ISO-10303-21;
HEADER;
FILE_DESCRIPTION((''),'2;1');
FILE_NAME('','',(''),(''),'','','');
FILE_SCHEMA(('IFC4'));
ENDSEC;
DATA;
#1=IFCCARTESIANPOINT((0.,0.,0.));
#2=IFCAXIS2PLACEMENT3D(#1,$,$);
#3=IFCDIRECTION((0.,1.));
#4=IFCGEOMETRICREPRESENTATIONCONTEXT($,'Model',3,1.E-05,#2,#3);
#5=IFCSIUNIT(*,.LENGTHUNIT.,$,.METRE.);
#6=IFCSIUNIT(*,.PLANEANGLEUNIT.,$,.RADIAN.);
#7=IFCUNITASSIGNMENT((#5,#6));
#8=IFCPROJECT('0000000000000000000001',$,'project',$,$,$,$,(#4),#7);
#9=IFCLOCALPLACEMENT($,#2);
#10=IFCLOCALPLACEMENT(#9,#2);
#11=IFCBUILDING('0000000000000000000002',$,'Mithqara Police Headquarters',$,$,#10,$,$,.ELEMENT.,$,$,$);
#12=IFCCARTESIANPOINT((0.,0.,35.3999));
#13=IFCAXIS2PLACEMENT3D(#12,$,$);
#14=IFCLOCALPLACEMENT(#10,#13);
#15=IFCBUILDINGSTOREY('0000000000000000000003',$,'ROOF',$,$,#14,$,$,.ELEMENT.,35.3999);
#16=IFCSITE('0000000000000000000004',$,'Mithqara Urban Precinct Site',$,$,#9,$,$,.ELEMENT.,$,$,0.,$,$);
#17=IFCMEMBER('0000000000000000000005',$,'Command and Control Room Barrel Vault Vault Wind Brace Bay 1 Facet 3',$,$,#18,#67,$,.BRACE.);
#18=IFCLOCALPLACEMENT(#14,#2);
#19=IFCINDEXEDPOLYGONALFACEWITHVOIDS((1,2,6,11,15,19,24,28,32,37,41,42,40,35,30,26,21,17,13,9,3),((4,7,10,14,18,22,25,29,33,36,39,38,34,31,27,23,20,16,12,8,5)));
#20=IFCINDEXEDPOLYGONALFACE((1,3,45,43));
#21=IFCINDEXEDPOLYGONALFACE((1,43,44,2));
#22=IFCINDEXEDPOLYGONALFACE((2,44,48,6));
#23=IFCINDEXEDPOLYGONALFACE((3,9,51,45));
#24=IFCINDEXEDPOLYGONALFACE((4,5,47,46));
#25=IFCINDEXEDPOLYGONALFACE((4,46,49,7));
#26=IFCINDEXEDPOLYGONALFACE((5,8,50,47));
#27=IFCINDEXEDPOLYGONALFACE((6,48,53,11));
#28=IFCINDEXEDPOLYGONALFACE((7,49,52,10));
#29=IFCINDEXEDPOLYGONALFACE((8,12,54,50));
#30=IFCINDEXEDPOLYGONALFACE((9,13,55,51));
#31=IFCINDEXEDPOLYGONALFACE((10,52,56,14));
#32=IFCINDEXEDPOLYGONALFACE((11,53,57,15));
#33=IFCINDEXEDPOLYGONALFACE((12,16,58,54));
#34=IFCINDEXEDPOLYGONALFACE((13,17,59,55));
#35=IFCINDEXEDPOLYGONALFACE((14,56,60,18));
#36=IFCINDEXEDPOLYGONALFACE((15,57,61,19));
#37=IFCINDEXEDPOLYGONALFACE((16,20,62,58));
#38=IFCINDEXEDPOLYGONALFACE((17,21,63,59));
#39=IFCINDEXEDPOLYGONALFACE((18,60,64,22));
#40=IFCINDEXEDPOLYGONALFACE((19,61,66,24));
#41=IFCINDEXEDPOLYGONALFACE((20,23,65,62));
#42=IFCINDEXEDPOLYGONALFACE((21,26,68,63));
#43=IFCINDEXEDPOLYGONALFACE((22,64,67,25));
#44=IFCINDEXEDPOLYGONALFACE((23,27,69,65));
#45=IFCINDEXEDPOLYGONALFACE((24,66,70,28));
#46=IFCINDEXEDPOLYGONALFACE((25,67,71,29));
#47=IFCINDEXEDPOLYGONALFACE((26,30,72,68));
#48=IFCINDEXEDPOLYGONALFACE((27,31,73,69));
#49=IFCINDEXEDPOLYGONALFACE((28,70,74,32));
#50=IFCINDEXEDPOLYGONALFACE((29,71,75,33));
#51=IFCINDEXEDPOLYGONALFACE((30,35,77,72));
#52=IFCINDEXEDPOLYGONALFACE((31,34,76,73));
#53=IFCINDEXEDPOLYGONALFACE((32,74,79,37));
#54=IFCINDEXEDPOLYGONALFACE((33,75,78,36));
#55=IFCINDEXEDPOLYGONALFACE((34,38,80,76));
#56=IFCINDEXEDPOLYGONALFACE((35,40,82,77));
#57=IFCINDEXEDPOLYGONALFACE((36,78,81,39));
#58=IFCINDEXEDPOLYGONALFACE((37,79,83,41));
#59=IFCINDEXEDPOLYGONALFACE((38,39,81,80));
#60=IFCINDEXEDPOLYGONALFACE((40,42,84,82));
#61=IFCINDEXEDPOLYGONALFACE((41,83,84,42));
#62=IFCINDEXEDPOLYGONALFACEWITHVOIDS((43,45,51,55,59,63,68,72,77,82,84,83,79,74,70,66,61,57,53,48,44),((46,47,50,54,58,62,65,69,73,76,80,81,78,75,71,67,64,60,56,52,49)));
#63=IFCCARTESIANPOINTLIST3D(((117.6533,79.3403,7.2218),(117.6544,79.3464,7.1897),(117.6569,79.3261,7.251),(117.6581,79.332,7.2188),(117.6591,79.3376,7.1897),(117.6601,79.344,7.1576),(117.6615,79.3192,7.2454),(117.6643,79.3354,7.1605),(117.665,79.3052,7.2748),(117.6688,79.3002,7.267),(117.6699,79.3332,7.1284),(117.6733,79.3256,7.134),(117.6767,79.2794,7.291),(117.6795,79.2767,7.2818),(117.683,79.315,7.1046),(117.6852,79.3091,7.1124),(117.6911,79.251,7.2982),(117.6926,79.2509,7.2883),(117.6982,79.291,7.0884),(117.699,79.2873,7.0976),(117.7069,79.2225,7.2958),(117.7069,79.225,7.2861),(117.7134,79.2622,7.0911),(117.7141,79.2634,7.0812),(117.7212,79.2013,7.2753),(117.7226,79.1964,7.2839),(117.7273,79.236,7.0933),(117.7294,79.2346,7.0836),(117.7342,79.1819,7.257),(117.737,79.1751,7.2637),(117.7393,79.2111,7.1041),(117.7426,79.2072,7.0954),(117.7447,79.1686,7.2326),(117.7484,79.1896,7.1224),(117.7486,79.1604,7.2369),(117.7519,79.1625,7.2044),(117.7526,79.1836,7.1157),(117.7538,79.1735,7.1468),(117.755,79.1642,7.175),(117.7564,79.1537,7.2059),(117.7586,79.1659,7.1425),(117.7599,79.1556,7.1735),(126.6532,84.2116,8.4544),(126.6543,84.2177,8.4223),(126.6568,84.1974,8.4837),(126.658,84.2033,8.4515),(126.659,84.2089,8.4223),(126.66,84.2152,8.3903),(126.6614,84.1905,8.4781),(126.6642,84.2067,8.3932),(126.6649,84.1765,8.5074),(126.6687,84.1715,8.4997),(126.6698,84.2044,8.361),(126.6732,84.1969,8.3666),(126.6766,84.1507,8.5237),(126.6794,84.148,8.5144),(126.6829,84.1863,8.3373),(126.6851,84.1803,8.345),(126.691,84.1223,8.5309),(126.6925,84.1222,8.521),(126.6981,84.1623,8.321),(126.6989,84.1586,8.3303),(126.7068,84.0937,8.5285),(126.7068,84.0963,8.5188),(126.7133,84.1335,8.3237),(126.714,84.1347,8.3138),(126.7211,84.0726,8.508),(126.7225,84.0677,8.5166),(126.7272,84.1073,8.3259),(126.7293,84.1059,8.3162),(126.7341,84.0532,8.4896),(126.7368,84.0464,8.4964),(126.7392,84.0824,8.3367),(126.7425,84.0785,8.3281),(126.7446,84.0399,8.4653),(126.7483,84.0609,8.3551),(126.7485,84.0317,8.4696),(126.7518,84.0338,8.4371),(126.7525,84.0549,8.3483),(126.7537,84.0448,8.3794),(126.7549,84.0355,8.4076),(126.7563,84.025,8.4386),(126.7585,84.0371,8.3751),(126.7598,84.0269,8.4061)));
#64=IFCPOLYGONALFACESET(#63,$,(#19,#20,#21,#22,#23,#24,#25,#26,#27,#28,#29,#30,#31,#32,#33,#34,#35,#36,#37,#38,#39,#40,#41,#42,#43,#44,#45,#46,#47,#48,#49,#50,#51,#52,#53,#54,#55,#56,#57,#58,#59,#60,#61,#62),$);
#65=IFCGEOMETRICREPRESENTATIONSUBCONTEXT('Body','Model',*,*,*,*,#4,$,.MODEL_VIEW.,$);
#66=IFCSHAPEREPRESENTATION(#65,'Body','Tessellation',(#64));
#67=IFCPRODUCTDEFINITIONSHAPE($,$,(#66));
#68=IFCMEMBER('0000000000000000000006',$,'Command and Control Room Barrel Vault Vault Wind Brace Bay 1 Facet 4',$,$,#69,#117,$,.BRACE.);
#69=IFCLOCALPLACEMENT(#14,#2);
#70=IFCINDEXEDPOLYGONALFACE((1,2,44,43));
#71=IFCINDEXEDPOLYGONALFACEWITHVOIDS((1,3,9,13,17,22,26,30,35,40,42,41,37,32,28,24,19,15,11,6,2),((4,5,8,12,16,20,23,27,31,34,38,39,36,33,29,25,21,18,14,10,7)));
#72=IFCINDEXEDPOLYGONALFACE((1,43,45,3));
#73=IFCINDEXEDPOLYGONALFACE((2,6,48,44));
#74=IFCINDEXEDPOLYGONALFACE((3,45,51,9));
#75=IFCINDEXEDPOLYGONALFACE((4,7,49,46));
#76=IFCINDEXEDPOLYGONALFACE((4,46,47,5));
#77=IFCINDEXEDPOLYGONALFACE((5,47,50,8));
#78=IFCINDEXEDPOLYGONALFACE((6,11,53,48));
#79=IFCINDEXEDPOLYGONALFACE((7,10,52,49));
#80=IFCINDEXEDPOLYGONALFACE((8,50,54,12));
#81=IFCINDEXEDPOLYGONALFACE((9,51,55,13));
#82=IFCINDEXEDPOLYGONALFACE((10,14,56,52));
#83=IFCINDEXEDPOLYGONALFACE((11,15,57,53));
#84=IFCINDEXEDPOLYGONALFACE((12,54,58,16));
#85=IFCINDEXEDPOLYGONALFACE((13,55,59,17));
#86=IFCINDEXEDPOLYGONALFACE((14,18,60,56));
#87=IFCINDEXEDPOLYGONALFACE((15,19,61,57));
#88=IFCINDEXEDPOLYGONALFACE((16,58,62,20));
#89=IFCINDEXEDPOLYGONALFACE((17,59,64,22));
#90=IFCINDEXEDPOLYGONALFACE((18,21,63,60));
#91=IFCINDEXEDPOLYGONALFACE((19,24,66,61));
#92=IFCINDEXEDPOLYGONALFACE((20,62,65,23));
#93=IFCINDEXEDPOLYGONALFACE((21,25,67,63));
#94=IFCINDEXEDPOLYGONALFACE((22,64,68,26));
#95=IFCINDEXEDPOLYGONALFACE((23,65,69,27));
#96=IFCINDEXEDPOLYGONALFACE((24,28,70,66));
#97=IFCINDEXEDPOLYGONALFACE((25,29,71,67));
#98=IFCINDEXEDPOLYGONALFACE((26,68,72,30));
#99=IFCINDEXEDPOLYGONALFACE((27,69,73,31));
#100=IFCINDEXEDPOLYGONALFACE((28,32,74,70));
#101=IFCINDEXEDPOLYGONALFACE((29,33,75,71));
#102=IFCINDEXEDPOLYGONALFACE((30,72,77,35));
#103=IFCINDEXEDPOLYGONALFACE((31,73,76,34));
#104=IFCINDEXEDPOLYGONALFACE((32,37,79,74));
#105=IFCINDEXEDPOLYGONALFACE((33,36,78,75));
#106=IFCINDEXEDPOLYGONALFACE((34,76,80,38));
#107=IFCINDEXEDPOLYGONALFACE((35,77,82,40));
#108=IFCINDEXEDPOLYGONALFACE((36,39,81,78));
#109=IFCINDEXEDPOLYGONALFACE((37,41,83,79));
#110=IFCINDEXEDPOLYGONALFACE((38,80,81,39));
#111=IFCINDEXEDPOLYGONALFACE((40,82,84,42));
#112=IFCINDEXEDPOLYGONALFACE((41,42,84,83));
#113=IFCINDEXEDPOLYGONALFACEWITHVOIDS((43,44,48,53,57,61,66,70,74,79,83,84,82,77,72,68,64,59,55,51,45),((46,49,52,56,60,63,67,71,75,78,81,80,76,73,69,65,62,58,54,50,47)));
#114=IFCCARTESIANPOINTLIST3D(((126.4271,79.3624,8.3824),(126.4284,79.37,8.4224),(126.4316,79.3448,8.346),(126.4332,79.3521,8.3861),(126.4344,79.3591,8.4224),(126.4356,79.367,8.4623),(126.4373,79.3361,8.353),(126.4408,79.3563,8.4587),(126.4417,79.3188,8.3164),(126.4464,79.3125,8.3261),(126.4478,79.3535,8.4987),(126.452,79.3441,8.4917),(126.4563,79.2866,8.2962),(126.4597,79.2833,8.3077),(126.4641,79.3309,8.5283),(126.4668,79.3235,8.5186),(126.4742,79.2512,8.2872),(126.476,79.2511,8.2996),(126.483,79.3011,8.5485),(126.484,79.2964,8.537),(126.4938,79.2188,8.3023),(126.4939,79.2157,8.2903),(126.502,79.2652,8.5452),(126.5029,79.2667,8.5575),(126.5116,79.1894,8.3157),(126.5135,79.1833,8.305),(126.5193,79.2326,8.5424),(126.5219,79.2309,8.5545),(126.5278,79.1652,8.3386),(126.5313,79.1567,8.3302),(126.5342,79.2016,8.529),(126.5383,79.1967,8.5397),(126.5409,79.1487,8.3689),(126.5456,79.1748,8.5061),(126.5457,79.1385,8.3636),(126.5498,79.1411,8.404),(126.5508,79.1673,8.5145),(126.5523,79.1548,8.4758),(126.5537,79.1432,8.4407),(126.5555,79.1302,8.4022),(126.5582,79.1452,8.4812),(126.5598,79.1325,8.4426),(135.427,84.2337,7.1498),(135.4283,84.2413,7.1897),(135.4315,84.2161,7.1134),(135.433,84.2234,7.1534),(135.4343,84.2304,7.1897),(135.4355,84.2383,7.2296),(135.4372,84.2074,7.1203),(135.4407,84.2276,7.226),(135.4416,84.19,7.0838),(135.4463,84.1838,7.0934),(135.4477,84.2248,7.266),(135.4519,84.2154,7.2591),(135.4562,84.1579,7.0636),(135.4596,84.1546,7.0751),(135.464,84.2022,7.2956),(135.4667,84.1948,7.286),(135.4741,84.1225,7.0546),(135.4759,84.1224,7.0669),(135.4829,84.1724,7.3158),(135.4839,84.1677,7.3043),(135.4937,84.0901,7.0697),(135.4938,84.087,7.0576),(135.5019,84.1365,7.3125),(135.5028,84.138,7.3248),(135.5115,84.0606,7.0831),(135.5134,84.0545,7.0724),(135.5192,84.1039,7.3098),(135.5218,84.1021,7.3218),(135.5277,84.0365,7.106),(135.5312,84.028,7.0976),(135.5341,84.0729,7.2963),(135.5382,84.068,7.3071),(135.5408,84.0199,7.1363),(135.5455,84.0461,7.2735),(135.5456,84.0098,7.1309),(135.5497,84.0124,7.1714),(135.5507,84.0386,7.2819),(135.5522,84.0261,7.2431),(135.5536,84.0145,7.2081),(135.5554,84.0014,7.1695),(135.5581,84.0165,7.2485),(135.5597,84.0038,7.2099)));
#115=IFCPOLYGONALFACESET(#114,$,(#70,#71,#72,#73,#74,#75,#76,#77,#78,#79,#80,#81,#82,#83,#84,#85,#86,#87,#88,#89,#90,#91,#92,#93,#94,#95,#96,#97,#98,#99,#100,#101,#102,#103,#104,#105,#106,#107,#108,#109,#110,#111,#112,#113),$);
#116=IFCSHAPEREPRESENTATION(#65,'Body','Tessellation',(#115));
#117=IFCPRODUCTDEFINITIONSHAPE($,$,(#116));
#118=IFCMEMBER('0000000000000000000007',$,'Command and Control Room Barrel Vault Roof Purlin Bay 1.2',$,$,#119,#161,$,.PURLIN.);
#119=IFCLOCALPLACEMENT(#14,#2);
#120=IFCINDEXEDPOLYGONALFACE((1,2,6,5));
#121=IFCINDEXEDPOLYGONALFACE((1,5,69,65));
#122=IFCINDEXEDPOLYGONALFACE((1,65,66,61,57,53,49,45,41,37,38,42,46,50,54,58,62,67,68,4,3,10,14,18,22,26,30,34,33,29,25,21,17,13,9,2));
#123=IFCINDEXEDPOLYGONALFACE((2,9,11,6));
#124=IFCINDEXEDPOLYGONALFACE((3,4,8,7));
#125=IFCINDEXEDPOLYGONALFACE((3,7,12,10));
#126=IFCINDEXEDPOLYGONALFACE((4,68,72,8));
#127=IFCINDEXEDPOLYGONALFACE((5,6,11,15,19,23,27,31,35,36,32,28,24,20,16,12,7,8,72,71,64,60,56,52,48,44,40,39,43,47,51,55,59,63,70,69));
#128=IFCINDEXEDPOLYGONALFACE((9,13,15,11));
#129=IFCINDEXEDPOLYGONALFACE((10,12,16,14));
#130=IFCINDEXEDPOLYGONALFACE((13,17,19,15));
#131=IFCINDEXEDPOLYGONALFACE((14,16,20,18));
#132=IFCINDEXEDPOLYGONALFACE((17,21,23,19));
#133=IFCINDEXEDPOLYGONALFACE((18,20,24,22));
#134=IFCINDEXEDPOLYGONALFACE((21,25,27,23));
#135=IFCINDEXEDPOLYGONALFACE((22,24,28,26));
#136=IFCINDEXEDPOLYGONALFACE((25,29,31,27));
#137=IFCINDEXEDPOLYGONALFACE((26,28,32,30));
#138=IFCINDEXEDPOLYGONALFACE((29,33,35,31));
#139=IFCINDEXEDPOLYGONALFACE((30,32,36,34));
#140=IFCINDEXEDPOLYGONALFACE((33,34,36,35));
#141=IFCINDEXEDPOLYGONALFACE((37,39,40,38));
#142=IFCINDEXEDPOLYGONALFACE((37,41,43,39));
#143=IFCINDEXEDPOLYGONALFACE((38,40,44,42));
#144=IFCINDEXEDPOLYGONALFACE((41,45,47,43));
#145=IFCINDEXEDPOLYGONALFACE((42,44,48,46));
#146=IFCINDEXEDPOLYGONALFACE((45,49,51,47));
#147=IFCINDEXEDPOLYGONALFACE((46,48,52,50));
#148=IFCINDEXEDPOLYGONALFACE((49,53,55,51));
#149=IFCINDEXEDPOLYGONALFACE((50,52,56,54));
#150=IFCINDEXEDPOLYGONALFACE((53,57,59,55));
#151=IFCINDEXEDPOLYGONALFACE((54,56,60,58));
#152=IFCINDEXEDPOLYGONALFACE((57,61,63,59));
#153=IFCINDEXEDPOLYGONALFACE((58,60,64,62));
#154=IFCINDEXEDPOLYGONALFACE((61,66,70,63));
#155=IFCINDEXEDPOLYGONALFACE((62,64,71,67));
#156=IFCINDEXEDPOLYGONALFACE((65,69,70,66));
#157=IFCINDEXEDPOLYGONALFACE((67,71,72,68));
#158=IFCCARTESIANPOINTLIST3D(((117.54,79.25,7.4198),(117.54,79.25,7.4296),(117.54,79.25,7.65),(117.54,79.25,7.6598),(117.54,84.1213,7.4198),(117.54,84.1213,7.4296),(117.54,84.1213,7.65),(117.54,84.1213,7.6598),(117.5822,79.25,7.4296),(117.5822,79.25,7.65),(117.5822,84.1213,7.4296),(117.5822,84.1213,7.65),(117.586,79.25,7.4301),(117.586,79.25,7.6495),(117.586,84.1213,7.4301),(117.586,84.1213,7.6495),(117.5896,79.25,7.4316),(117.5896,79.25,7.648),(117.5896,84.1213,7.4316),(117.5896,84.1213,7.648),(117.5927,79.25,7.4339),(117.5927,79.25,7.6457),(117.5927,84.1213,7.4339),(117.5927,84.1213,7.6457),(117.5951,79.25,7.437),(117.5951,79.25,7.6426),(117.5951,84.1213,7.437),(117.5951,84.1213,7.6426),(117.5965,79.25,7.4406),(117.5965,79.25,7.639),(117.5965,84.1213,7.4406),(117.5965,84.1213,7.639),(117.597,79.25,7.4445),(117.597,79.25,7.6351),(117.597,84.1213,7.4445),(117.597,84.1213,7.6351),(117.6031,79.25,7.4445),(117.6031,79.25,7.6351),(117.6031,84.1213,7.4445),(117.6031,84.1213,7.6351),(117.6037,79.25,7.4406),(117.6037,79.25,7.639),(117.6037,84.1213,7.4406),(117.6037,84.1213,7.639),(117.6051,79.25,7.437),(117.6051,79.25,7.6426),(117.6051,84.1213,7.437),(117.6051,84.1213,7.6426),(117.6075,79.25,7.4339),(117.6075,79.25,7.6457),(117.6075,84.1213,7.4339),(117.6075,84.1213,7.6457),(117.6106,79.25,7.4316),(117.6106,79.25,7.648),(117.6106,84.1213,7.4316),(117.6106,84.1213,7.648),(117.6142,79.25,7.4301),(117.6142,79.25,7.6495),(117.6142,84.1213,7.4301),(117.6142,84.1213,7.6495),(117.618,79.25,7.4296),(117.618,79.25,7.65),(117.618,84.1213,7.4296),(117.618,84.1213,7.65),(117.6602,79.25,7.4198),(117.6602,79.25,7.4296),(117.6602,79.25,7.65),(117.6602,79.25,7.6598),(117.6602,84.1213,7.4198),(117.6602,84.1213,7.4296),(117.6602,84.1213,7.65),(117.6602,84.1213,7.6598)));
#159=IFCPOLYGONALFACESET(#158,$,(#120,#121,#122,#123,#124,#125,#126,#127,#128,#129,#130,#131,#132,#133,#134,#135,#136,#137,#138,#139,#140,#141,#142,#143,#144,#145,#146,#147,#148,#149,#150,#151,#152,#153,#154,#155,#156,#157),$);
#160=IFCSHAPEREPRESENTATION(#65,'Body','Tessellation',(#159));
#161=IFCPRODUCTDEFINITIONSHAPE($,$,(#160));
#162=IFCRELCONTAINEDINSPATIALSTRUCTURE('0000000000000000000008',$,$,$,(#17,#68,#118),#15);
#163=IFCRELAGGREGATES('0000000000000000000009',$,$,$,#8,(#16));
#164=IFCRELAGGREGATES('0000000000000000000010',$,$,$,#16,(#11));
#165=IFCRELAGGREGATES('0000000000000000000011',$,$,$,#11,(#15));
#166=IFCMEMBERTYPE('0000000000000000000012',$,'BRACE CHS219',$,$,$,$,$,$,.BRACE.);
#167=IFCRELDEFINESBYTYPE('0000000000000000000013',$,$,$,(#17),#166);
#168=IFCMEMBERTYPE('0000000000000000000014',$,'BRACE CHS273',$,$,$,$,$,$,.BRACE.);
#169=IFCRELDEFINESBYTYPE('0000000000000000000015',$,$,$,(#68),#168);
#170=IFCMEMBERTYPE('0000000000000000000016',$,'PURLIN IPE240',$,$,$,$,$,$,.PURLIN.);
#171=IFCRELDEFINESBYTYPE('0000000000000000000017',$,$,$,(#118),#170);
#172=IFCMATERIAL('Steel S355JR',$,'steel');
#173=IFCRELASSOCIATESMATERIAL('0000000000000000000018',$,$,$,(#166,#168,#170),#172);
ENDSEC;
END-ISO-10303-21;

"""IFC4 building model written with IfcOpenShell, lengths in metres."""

from ifc_helpers import new_model, si_unit, direction, frame, origin, origin_2d, place, context, subcontext, project, spatial, hollow_circle, i_section, extrude, material, material_profile, profile_set, type_object, element, save


model = new_model("IFC4")

# Units and contexts
model_context = context("Model", 3, precision=1e-05, world=origin(), true_north=direction((0.0, 1.0)))
body_context = subcontext(model_context, "Body", "Model", "MODEL_VIEW")
ifc_project = project(units=[si_unit("LENGTHUNIT", "METRE"), si_unit("PLANEANGLEUNIT", "RADIAN")], contexts=[model_context])

# Site, building, storey
site_placement = place(None, origin())
site = spatial("IfcSite", under=ifc_project, at=site_placement, Name="Mithqara Urban Precinct Site", CompositionType="ELEMENT", RefElevation=0.0)
building_placement = place(site_placement, origin())
building = spatial("IfcBuilding", under=site, at=building_placement, Name="Mithqara Police Headquarters", CompositionType="ELEMENT")
storey_placement = place(building_placement, frame((0.0, 0.0, 35.3999)))
storey = spatial("IfcBuildingStorey", under=building, at=storey_placement, Name="ROOF", CompositionType="ELEMENT", Elevation=35.3999)

# Members
ifc_material_1 = material(Name="Steel S355JR", Category="steel")
ifc_material_profile_1 = material_profile(ifc_material_1, hollow_circle(Radius=0.1096, WallThickness=0.01, at=origin_2d()), Name="CHS 219.1x10.0")
ifc_profile_set_1 = profile_set([ifc_material_profile_1], Name="Steel S355JR")
member_type_1 = type_object("IfcMemberType", Name="BRACE CHS219", PredefinedType="BRACE", material=ifc_profile_set_1)
member_1_placement = place(storey_placement, frame((117.7065, 79.25, 7.1897), z_axis=(0.873131, 0.472591, 0.119587), x_axis=(-0.476006, 0.879442, 0.0)))
element("IfcMember", 1, at=member_1_placement, inside=storey, type_object=member_type_1, Name="Command and Control Room Barrel Vault Vault Wind Brace Bay 1 Facet 3", PredefinedType="BRACE", context=body_context, shape_type="SweptSolid", body=[
    extrude(hollow_circle(Radius=0.1096, WallThickness=0.01, at=origin_2d()), origin(), (0.0, 0.0, 1.0), 10.3076),
])
ifc_material_profile_2 = material_profile(ifc_material_1, hollow_circle(Radius=0.1365, WallThickness=0.0125, at=origin_2d()), Name="CHS 273.0x12.5")
ifc_profile_set_2 = profile_set([ifc_material_profile_2], Name="Steel S355JR")
member_type_2 = type_object("IfcMemberType", Name="BRACE CHS273", PredefinedType="BRACE", material=ifc_profile_set_2)
member_2_placement = place(storey_placement, frame((126.4934, 79.25, 8.4224), z_axis=(0.873131, 0.472591, -0.119587), x_axis=(-0.476006, 0.879442, 0.0)))
element("IfcMember", 2, at=member_2_placement, inside=storey, type_object=member_type_2, Name="Command and Control Room Barrel Vault Vault Wind Brace Bay 1 Facet 4", PredefinedType="BRACE", context=body_context, shape_type="SweptSolid", body=[
    extrude(hollow_circle(Radius=0.1365, WallThickness=0.0125, at=origin_2d()), origin(), (0.0, 0.0, 1.0), 10.3076),
])
ifc_material_profile_3 = material_profile(ifc_material_1, i_section(OverallWidth=0.1201, OverallDepth=0.24, WebThickness=0.0061, FlangeThickness=0.0098, FilletRadius=0.0149, at=origin_2d()), Name="IPE 240")
ifc_profile_set_3 = profile_set([ifc_material_profile_3], Name="Steel S355JR")
member_type_3 = type_object("IfcMemberType", Name="PURLIN IPE240", PredefinedType="PURLIN", material=ifc_profile_set_3)
member_3_placement = place(storey_placement, frame((117.6001, 79.25, 7.5398), z_axis=(0.0, 1.0, 0.0), x_axis=(-1.0, 0.0, 0.0)))
element("IfcMember", 3, at=member_3_placement, inside=storey, type_object=member_type_3, Name="Command and Control Room Barrel Vault Roof Purlin Bay 1.2", PredefinedType="PURLIN", context=body_context, shape_type="SweptSolid", body=[
    extrude(i_section(OverallWidth=0.1201, OverallDepth=0.24, WebThickness=0.0061, FlangeThickness=0.0098, FilletRadius=0.0149, at=origin_2d()), origin(), (0.0, 0.0, 1.0), 4.8713),
])

save(model, "model.ifc")
